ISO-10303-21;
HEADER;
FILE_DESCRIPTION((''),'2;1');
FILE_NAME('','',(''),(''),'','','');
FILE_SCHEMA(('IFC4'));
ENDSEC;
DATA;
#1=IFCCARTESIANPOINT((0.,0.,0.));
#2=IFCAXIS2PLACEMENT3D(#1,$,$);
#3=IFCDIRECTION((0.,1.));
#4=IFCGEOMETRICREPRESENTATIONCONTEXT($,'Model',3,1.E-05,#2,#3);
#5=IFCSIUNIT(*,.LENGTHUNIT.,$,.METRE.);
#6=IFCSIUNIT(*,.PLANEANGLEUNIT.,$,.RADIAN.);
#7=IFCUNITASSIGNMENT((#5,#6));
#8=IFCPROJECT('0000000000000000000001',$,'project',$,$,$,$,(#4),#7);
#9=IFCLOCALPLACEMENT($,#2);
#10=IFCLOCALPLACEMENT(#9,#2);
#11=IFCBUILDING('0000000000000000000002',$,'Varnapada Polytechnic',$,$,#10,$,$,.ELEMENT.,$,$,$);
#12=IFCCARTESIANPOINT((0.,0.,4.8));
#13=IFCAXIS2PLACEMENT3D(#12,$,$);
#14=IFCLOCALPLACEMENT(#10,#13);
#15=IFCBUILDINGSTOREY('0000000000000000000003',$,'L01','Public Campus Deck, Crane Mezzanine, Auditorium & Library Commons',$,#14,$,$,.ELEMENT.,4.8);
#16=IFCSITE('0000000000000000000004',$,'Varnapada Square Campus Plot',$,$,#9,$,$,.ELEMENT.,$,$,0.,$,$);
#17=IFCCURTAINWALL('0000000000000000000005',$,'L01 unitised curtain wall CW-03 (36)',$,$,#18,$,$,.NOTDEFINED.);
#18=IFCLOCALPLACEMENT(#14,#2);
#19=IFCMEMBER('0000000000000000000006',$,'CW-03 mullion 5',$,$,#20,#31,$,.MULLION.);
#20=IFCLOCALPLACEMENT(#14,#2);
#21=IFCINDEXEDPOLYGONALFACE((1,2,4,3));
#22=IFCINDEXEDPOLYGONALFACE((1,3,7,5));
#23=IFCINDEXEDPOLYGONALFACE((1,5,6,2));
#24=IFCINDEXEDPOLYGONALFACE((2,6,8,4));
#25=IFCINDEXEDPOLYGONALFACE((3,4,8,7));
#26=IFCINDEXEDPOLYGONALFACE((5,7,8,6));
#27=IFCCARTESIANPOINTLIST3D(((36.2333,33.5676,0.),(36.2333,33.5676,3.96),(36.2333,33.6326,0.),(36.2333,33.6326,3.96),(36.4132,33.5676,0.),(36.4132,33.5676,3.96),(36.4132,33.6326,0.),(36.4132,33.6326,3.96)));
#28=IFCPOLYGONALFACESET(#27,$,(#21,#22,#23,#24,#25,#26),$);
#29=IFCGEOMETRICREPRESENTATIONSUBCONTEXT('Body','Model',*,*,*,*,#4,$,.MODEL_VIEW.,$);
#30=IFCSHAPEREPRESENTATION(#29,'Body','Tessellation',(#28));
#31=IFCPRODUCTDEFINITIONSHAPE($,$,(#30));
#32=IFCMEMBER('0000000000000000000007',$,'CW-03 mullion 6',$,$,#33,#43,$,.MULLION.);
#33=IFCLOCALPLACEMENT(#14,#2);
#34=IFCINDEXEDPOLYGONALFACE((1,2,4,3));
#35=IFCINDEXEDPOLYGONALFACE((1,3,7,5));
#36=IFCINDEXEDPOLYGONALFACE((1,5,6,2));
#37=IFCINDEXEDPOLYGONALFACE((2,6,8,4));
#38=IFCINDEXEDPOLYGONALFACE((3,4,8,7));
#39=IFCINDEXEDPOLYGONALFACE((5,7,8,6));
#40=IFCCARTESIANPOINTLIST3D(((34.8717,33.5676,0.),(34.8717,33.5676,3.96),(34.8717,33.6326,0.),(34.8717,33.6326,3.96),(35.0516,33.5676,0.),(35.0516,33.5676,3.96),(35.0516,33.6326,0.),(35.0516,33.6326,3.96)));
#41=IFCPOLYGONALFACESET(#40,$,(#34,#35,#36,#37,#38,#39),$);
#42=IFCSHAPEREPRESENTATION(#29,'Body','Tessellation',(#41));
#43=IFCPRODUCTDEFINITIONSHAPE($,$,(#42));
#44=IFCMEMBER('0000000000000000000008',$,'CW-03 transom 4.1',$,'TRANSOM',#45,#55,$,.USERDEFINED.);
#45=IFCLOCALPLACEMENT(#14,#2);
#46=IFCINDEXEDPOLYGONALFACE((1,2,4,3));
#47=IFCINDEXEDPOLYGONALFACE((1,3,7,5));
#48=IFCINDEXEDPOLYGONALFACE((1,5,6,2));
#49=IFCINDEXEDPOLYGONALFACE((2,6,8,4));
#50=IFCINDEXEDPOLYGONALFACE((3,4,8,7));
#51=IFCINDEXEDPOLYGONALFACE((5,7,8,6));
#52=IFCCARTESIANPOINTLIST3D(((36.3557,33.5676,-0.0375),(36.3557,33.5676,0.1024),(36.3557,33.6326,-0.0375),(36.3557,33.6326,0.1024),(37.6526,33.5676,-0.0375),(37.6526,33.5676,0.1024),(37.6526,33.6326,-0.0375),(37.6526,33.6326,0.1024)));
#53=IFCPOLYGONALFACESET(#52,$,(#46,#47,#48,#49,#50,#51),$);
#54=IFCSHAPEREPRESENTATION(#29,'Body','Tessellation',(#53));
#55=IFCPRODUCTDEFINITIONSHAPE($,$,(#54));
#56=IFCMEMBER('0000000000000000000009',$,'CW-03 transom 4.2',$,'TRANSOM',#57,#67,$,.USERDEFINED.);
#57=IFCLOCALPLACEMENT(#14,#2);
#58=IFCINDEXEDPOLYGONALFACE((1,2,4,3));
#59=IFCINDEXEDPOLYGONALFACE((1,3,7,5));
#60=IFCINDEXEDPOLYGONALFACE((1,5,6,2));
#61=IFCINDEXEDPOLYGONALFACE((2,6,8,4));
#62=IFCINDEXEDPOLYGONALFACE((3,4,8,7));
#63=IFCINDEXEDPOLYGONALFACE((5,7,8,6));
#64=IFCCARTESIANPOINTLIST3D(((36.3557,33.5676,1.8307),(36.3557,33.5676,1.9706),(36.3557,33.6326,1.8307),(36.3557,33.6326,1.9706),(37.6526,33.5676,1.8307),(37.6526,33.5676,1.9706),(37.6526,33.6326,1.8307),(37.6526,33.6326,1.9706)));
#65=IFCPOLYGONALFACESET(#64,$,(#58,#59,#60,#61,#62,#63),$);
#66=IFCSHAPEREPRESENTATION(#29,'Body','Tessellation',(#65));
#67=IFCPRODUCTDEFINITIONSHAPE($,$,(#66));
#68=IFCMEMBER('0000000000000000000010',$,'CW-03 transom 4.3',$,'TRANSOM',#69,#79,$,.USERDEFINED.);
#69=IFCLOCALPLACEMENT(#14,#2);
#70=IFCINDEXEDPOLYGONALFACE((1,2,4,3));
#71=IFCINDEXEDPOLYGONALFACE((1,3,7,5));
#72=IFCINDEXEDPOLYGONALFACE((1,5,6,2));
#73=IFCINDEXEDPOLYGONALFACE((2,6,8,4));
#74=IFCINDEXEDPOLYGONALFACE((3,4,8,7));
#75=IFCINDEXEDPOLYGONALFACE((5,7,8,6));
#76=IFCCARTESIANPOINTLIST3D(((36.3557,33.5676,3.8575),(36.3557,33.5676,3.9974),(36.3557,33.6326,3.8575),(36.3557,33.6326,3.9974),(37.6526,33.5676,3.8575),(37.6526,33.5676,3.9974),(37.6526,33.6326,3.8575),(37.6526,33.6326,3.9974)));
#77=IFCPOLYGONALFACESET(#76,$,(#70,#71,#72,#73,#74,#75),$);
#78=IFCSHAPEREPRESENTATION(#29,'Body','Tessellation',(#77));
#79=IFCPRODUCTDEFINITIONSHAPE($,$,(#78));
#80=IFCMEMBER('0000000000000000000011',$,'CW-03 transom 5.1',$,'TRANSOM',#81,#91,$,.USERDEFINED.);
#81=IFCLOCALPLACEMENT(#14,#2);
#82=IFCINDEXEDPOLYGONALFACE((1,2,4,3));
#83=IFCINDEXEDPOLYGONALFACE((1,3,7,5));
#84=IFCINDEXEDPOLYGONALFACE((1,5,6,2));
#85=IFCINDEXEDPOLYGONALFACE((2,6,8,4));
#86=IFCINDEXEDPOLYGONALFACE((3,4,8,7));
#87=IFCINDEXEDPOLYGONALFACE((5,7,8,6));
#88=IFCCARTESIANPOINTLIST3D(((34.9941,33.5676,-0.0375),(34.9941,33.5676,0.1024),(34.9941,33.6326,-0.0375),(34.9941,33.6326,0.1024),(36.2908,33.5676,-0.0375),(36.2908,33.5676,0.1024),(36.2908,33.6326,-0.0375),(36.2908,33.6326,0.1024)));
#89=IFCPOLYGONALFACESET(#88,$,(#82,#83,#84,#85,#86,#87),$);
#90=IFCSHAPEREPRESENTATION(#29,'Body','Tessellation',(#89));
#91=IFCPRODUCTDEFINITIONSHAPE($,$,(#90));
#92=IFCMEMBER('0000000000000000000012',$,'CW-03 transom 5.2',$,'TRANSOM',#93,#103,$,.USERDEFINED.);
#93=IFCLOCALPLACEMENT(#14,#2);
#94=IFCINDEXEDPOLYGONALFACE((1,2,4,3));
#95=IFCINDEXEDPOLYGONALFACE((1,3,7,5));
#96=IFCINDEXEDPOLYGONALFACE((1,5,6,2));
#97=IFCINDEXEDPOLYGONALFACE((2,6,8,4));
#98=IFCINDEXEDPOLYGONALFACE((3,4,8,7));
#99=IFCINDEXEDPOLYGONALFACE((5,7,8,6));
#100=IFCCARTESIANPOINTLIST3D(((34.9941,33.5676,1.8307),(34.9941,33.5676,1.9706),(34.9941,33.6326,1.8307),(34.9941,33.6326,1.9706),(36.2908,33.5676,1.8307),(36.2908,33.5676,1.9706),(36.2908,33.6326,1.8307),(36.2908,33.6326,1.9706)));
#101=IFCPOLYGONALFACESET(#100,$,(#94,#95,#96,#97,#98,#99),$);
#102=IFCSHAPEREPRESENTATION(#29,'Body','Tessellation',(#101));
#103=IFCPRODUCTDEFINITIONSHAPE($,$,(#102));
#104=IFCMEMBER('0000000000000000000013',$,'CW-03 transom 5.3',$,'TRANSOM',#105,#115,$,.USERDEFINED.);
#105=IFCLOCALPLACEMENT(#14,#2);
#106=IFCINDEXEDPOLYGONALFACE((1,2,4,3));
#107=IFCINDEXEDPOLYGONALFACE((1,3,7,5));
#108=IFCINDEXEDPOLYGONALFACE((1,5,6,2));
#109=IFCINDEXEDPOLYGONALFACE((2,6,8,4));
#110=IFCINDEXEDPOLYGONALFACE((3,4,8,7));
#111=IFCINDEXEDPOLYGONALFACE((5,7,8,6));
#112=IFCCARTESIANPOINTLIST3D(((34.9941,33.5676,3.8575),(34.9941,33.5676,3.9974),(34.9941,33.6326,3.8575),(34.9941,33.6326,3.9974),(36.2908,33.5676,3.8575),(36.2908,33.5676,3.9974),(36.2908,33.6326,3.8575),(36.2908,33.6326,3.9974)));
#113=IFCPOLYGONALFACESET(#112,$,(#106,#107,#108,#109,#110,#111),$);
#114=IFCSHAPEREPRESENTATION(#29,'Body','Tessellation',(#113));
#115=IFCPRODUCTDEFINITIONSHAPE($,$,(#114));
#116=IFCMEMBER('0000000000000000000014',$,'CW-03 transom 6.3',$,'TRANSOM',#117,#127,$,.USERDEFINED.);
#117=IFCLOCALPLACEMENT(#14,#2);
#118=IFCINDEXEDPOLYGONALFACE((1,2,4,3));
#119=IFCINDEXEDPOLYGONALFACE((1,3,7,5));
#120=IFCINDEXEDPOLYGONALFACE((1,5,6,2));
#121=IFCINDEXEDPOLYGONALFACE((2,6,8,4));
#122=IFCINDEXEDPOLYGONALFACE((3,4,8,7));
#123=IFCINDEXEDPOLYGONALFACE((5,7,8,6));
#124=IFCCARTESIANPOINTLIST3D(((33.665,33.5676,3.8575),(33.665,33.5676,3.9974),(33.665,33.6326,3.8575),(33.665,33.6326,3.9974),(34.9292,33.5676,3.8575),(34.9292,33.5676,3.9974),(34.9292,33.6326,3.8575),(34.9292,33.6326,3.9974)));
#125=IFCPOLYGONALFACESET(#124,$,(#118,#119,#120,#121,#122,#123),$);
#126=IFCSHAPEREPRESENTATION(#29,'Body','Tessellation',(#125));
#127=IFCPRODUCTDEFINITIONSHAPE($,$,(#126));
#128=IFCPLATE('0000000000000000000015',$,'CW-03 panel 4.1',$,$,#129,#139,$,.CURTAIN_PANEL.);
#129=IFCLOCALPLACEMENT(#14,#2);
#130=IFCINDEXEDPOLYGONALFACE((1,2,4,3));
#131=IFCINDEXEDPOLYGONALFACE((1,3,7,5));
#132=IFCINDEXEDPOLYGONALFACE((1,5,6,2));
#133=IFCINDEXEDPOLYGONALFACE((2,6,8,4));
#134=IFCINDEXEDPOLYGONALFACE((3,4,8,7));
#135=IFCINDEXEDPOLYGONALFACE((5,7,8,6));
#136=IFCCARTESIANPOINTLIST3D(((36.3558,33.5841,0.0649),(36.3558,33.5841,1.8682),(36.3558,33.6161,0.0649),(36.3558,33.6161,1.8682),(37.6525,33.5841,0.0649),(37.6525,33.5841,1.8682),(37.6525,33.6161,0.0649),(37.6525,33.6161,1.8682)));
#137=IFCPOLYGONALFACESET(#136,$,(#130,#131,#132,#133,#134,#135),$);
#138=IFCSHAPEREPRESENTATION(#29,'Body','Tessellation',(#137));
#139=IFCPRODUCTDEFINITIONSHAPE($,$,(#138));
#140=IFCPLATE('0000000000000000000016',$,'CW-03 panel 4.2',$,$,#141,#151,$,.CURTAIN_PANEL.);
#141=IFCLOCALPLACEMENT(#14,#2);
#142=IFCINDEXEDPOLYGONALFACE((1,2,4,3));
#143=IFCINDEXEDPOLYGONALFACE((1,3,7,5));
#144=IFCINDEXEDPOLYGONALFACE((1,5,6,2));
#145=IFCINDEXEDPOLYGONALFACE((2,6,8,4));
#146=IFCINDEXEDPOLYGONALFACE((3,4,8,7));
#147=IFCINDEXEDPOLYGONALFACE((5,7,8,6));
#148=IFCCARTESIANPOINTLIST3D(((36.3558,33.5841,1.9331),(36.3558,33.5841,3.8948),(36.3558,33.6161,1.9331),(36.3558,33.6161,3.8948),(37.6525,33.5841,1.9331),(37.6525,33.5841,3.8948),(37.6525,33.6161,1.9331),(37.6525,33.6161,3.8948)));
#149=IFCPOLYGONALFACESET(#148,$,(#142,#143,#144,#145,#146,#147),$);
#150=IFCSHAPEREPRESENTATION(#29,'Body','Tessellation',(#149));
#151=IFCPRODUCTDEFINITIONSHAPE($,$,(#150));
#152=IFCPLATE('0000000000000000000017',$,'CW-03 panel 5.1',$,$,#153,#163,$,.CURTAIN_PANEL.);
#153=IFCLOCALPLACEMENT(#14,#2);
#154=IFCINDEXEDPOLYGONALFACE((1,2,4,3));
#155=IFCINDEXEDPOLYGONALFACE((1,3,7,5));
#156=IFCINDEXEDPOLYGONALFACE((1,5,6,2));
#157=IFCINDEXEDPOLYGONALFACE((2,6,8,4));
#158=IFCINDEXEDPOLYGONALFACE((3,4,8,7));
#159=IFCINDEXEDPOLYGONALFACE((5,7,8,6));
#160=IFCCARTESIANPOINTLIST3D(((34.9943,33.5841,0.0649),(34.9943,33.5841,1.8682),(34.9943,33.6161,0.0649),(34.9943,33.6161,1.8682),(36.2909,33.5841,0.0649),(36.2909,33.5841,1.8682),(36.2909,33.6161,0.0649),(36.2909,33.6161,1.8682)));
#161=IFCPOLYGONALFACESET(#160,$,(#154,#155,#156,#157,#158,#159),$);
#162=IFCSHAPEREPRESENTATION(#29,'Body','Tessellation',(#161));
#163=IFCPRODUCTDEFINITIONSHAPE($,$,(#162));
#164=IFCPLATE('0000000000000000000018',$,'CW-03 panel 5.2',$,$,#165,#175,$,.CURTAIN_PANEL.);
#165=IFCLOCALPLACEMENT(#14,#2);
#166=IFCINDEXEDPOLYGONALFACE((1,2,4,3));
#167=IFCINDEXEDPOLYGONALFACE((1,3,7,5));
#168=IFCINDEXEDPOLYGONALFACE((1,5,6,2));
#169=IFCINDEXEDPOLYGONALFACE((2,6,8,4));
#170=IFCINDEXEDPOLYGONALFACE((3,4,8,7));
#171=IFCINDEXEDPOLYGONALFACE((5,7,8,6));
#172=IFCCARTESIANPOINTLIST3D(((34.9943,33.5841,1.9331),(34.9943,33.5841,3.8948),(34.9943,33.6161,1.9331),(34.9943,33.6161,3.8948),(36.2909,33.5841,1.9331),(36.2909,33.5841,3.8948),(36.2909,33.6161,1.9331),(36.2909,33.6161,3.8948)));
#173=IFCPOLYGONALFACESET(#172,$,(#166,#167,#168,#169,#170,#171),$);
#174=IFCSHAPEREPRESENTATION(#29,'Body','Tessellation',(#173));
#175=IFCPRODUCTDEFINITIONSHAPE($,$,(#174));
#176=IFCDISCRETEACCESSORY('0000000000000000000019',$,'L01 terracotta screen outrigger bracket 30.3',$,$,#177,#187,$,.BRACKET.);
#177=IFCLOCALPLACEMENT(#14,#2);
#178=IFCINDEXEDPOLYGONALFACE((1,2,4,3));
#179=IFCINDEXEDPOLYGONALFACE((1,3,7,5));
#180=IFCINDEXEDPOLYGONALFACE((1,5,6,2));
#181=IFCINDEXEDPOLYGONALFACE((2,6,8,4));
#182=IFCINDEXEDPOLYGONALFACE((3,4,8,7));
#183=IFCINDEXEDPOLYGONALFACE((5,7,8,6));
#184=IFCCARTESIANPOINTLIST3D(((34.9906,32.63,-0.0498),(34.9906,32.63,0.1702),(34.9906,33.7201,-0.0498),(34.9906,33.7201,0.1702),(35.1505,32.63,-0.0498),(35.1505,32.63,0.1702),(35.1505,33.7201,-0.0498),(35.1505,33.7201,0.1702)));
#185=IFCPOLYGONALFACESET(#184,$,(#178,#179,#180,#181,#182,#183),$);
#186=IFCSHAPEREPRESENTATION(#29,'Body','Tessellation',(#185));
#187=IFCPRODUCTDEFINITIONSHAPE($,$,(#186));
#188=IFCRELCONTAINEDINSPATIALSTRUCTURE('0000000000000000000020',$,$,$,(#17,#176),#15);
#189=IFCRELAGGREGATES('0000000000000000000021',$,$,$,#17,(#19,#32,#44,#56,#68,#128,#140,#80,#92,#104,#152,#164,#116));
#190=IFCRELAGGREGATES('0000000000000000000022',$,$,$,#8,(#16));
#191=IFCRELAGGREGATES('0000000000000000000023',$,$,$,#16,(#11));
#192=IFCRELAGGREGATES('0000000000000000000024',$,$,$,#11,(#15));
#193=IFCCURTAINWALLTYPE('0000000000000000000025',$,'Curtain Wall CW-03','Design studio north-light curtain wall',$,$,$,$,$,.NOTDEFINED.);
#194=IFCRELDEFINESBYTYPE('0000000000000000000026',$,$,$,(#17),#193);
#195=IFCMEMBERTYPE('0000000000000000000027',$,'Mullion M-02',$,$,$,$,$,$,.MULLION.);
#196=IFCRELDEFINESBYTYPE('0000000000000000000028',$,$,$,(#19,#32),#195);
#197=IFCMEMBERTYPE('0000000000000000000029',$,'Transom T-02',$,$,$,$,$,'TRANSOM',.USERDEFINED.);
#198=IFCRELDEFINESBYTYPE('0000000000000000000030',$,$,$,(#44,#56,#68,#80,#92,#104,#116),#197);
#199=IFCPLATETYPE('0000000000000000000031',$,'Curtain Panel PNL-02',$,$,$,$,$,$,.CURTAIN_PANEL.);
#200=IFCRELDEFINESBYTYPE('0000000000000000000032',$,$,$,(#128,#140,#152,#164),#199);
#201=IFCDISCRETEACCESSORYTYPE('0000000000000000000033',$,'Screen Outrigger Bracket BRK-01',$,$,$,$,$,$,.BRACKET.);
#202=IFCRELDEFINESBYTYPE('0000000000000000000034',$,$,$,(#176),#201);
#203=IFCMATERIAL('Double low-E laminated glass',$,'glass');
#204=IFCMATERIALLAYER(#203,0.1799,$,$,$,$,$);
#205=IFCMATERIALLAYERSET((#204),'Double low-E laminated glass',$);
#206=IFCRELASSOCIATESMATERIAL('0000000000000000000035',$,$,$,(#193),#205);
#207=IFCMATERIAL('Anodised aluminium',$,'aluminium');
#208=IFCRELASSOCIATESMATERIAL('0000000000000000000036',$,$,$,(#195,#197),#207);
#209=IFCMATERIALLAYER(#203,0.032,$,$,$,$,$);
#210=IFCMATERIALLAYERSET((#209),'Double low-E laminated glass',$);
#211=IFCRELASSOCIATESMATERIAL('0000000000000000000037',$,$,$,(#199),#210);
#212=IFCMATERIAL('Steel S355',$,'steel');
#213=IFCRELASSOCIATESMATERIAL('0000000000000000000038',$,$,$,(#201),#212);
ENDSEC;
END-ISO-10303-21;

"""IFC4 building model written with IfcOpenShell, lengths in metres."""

from ifc_helpers import new_model, si_unit, direction, frame, origin, origin_2d, place, context, subcontext, project, spatial, rectangle, extrude, material, layer, layer_set, material_profile, profile_set, type_object, element, aggregate, save


model = new_model("IFC4")

# Units and contexts
model_context = context("Model", 3, precision=1e-05, world=origin(), true_north=direction((0.0, 1.0)))
body_context = subcontext(model_context, "Body", "Model", "MODEL_VIEW")
ifc_project = project(units=[si_unit("LENGTHUNIT", "METRE"), si_unit("PLANEANGLEUNIT", "RADIAN")], contexts=[model_context])

# Site, building, storey
site_placement = place(None, origin())
site = spatial("IfcSite", under=ifc_project, at=site_placement, Name="Varnapada Square Campus Plot", CompositionType="ELEMENT", RefElevation=0.0)
building_placement = place(site_placement, origin())
building = spatial("IfcBuilding", under=site, at=building_placement, Name="Varnapada Polytechnic", CompositionType="ELEMENT")
storey_placement = place(building_placement, frame((0.0, 0.0, 4.8)))
storey = spatial("IfcBuildingStorey", under=building, at=storey_placement, Name="L01", Description="Public Campus Deck, Crane Mezzanine, Auditorium & Library Commons", CompositionType="ELEMENT", Elevation=4.8)

# Curtain wall, members, plates
ifc_material_1 = material(Name="Double low-E laminated glass", Category="glass")
ifc_layer_1 = layer(ifc_material_1, 0.1799)
ifc_layer_set_1 = layer_set([ifc_layer_1], Name="Double low-E laminated glass")
curtain_wall_type = type_object("IfcCurtainWallType", Name="Curtain Wall CW-03", Description="Design studio north-light curtain wall", PredefinedType="NOTDEFINED", material=ifc_layer_set_1)
curtain_wall_placement = place(storey_placement, origin())
curtain_wall = element("IfcCurtainWall", 1, at=curtain_wall_placement, inside=storey, type_object=curtain_wall_type, Name="L01 unitised curtain wall CW-03 (36)", PredefinedType="NOTDEFINED")
ifc_material_2 = material(Name="Anodised aluminium", Category="aluminium")
ifc_material_profile_1 = material_profile(ifc_material_2, rectangle(XDim=0.0649, YDim=0.1799, at=origin_2d()), Name="ALU M65x180")
ifc_profile_set_1 = profile_set([ifc_material_profile_1], Name="Anodised aluminium")
member_type_1 = type_object("IfcMemberType", Name="Mullion M-02", PredefinedType="MULLION", material=ifc_profile_set_1)
member_1_placement = place(storey_placement, frame((36.3232, 33.6001, 0.0), z_axis=(0.0, 0.0, 1.0), x_axis=(0.0, -1.0, 0.0)))
member_1 = element("IfcMember", 2, at=member_1_placement, type_object=member_type_1, Name="CW-03 mullion 5", PredefinedType="MULLION", context=body_context, shape_type="SweptSolid", body=[
    extrude(rectangle(XDim=0.0649, YDim=0.1799, at=origin_2d()), origin(), (0.0, 0.0, 1.0), 3.96),
])
member_2_placement = place(storey_placement, frame((34.9617, 33.6001, 0.0), z_axis=(0.0, 0.0, 1.0), x_axis=(0.0, -1.0, 0.0)))
member_2 = element("IfcMember", 3, at=member_2_placement, type_object=member_type_1, Name="CW-03 mullion 6", PredefinedType="MULLION", context=body_context, shape_type="SweptSolid", body=[
    extrude(rectangle(XDim=0.0649, YDim=0.1799, at=origin_2d()), origin(), (0.0, 0.0, 1.0), 3.96),
])
ifc_material_profile_2 = material_profile(ifc_material_2, rectangle(XDim=0.0649, YDim=0.1399, at=origin_2d()), Name="ALU T65x140")
ifc_profile_set_2 = profile_set([ifc_material_profile_2], Name="Anodised aluminium")
member_type_2 = type_object("IfcMemberType", Name="Transom T-02", ElementType="TRANSOM", PredefinedType="USERDEFINED", material=ifc_profile_set_2)
member_3_placement = place(storey_placement, frame((37.6526, 33.6001, 0.0325), z_axis=(-1.0, 0.0, 0.0), x_axis=(0.0, -1.0, 0.0)))
member_3 = element("IfcMember", 4, at=member_3_placement, type_object=member_type_2, Name="CW-03 transom 4.1", ObjectType="TRANSOM", PredefinedType="USERDEFINED", context=body_context, shape_type="SweptSolid", body=[
    extrude(rectangle(XDim=0.0649, YDim=0.1399, at=origin_2d()), origin(), (0.0, 0.0, 1.0), 1.2969),
])
member_4_placement = place(storey_placement, frame((37.6526, 33.6001, 1.9006), z_axis=(-1.0, 0.0, 0.0), x_axis=(0.0, -1.0, 0.0)))
member_4 = element("IfcMember", 5, at=member_4_placement, type_object=member_type_2, Name="CW-03 transom 4.2", ObjectType="TRANSOM", PredefinedType="USERDEFINED", context=body_context, shape_type="SweptSolid", body=[
    extrude(rectangle(XDim=0.0649, YDim=0.1399, at=origin_2d()), origin(), (0.0, 0.0, 1.0), 1.2969),
])
member_5_placement = place(storey_placement, frame((37.6526, 33.6001, 3.9275), z_axis=(-1.0, 0.0, 0.0), x_axis=(0.0, -1.0, 0.0)))
member_5 = element("IfcMember", 6, at=member_5_placement, type_object=member_type_2, Name="CW-03 transom 4.3", ObjectType="TRANSOM", PredefinedType="USERDEFINED", context=body_context, shape_type="SweptSolid", body=[
    extrude(rectangle(XDim=0.0649, YDim=0.1399, at=origin_2d()), origin(), (0.0, 0.0, 1.0), 1.2969),
])
member_6_placement = place(storey_placement, frame((36.2908, 33.6001, 0.0325), z_axis=(-1.0, 0.0, 0.0), x_axis=(0.0, -1.0, 0.0)))
member_6 = element("IfcMember", 7, at=member_6_placement, type_object=member_type_2, Name="CW-03 transom 5.1", ObjectType="TRANSOM", PredefinedType="USERDEFINED", context=body_context, shape_type="SweptSolid", body=[
    extrude(rectangle(XDim=0.0649, YDim=0.1399, at=origin_2d()), origin(), (0.0, 0.0, 1.0), 1.2966),
])
member_7_placement = place(storey_placement, frame((36.2908, 33.6001, 1.9006), z_axis=(-1.0, 0.0, 0.0), x_axis=(0.0, -1.0, 0.0)))
member_7 = element("IfcMember", 8, at=member_7_placement, type_object=member_type_2, Name="CW-03 transom 5.2", ObjectType="TRANSOM", PredefinedType="USERDEFINED", context=body_context, shape_type="SweptSolid", body=[
    extrude(rectangle(XDim=0.0649, YDim=0.1399, at=origin_2d()), origin(), (0.0, 0.0, 1.0), 1.2966),
])
member_8_placement = place(storey_placement, frame((36.2908, 33.6001, 3.9275), z_axis=(-1.0, 0.0, 0.0), x_axis=(0.0, -1.0, 0.0)))
member_8 = element("IfcMember", 9, at=member_8_placement, type_object=member_type_2, Name="CW-03 transom 5.3", ObjectType="TRANSOM", PredefinedType="USERDEFINED", context=body_context, shape_type="SweptSolid", body=[
    extrude(rectangle(XDim=0.0649, YDim=0.1399, at=origin_2d()), origin(), (0.0, 0.0, 1.0), 1.2966),
])
member_9_placement = place(storey_placement, frame((34.9292, 33.6001, 3.9275), z_axis=(-1.0, 0.0, 0.0), x_axis=(0.0, -1.0, 0.0)))
member_9 = element("IfcMember", 10, at=member_9_placement, type_object=member_type_2, Name="CW-03 transom 6.3", ObjectType="TRANSOM", PredefinedType="USERDEFINED", context=body_context, shape_type="SweptSolid", body=[
    extrude(rectangle(XDim=0.0649, YDim=0.1399, at=origin_2d()), origin(), (0.0, 0.0, 1.0), 1.2642),
])
ifc_layer_2 = layer(ifc_material_1, 0.032)
ifc_layer_set_2 = layer_set([ifc_layer_2], Name="Double low-E laminated glass")
plate_type = type_object("IfcPlateType", Name="Curtain Panel PNL-02", PredefinedType="CURTAIN_PANEL", material=ifc_layer_set_2)
plate_1_placement = place(storey_placement, frame((37.0042, 33.6001, 0.0649), z_axis=(0.0, 0.0, 1.0), x_axis=(-1.0, 0.0, 0.0)))
plate_1 = element("IfcPlate", 11, at=plate_1_placement, type_object=plate_type, Name="CW-03 panel 4.1", PredefinedType="CURTAIN_PANEL", context=body_context, shape_type="SweptSolid", body=[
    extrude(rectangle(XDim=1.2966, YDim=0.032, at=origin_2d()), origin(), (0.0, 0.0, 1.0), 1.8032),
])
plate_2_placement = place(storey_placement, frame((37.0042, 33.6001, 1.9331), z_axis=(0.0, 0.0, 1.0), x_axis=(-1.0, 0.0, 0.0)))
plate_2 = element("IfcPlate", 12, at=plate_2_placement, type_object=plate_type, Name="CW-03 panel 4.2", PredefinedType="CURTAIN_PANEL", context=body_context, shape_type="SweptSolid", body=[
    extrude(rectangle(XDim=1.2966, YDim=0.032, at=origin_2d()), origin(), (0.0, 0.0, 1.0), 1.9617),
])
plate_3_placement = place(storey_placement, frame((35.6426, 33.6001, 0.0649), z_axis=(0.0, 0.0, 1.0), x_axis=(-1.0, 0.0, 0.0)))
plate_3 = element("IfcPlate", 13, at=plate_3_placement, type_object=plate_type, Name="CW-03 panel 5.1", PredefinedType="CURTAIN_PANEL", context=body_context, shape_type="SweptSolid", body=[
    extrude(rectangle(XDim=1.2966, YDim=0.032, at=origin_2d()), origin(), (0.0, 0.0, 1.0), 1.8032),
])
plate_4_placement = place(storey_placement, frame((35.6426, 33.6001, 1.9331), z_axis=(0.0, 0.0, 1.0), x_axis=(-1.0, 0.0, 0.0)))
plate_4 = element("IfcPlate", 14, at=plate_4_placement, type_object=plate_type, Name="CW-03 panel 5.2", PredefinedType="CURTAIN_PANEL", context=body_context, shape_type="SweptSolid", body=[
    extrude(rectangle(XDim=1.2966, YDim=0.032, at=origin_2d()), origin(), (0.0, 0.0, 1.0), 1.9617),
])
aggregate(curtain_wall, [member_1, member_2, member_3, member_4, member_5, plate_1, plate_2, member_6, member_7, member_8, plate_3, plate_4, member_9])

# Discrete accessory
ifc_material_3 = material(Name="Steel S355", Category="steel")
discrete_accessory_type = type_object("IfcDiscreteAccessoryType", Name="Screen Outrigger Bracket BRK-01", PredefinedType="BRACKET", material=ifc_material_3)
discrete_accessory_placement = place(storey_placement, frame((35.0706, 33.175, -0.0498), z_axis=(0.0, 0.0, 1.0), x_axis=(-1.0, 0.0, 0.0)))
element("IfcDiscreteAccessory", 15, at=discrete_accessory_placement, inside=storey, type_object=discrete_accessory_type, Name="L01 terracotta screen outrigger bracket 30.3", PredefinedType="BRACKET", context=body_context, shape_type="SweptSolid", body=[
    extrude(rectangle(XDim=0.1599, YDim=1.0901, at=origin_2d()), origin(), (0.0, 0.0, 1.0), 0.22),
])

save(model, "model.ifc")
